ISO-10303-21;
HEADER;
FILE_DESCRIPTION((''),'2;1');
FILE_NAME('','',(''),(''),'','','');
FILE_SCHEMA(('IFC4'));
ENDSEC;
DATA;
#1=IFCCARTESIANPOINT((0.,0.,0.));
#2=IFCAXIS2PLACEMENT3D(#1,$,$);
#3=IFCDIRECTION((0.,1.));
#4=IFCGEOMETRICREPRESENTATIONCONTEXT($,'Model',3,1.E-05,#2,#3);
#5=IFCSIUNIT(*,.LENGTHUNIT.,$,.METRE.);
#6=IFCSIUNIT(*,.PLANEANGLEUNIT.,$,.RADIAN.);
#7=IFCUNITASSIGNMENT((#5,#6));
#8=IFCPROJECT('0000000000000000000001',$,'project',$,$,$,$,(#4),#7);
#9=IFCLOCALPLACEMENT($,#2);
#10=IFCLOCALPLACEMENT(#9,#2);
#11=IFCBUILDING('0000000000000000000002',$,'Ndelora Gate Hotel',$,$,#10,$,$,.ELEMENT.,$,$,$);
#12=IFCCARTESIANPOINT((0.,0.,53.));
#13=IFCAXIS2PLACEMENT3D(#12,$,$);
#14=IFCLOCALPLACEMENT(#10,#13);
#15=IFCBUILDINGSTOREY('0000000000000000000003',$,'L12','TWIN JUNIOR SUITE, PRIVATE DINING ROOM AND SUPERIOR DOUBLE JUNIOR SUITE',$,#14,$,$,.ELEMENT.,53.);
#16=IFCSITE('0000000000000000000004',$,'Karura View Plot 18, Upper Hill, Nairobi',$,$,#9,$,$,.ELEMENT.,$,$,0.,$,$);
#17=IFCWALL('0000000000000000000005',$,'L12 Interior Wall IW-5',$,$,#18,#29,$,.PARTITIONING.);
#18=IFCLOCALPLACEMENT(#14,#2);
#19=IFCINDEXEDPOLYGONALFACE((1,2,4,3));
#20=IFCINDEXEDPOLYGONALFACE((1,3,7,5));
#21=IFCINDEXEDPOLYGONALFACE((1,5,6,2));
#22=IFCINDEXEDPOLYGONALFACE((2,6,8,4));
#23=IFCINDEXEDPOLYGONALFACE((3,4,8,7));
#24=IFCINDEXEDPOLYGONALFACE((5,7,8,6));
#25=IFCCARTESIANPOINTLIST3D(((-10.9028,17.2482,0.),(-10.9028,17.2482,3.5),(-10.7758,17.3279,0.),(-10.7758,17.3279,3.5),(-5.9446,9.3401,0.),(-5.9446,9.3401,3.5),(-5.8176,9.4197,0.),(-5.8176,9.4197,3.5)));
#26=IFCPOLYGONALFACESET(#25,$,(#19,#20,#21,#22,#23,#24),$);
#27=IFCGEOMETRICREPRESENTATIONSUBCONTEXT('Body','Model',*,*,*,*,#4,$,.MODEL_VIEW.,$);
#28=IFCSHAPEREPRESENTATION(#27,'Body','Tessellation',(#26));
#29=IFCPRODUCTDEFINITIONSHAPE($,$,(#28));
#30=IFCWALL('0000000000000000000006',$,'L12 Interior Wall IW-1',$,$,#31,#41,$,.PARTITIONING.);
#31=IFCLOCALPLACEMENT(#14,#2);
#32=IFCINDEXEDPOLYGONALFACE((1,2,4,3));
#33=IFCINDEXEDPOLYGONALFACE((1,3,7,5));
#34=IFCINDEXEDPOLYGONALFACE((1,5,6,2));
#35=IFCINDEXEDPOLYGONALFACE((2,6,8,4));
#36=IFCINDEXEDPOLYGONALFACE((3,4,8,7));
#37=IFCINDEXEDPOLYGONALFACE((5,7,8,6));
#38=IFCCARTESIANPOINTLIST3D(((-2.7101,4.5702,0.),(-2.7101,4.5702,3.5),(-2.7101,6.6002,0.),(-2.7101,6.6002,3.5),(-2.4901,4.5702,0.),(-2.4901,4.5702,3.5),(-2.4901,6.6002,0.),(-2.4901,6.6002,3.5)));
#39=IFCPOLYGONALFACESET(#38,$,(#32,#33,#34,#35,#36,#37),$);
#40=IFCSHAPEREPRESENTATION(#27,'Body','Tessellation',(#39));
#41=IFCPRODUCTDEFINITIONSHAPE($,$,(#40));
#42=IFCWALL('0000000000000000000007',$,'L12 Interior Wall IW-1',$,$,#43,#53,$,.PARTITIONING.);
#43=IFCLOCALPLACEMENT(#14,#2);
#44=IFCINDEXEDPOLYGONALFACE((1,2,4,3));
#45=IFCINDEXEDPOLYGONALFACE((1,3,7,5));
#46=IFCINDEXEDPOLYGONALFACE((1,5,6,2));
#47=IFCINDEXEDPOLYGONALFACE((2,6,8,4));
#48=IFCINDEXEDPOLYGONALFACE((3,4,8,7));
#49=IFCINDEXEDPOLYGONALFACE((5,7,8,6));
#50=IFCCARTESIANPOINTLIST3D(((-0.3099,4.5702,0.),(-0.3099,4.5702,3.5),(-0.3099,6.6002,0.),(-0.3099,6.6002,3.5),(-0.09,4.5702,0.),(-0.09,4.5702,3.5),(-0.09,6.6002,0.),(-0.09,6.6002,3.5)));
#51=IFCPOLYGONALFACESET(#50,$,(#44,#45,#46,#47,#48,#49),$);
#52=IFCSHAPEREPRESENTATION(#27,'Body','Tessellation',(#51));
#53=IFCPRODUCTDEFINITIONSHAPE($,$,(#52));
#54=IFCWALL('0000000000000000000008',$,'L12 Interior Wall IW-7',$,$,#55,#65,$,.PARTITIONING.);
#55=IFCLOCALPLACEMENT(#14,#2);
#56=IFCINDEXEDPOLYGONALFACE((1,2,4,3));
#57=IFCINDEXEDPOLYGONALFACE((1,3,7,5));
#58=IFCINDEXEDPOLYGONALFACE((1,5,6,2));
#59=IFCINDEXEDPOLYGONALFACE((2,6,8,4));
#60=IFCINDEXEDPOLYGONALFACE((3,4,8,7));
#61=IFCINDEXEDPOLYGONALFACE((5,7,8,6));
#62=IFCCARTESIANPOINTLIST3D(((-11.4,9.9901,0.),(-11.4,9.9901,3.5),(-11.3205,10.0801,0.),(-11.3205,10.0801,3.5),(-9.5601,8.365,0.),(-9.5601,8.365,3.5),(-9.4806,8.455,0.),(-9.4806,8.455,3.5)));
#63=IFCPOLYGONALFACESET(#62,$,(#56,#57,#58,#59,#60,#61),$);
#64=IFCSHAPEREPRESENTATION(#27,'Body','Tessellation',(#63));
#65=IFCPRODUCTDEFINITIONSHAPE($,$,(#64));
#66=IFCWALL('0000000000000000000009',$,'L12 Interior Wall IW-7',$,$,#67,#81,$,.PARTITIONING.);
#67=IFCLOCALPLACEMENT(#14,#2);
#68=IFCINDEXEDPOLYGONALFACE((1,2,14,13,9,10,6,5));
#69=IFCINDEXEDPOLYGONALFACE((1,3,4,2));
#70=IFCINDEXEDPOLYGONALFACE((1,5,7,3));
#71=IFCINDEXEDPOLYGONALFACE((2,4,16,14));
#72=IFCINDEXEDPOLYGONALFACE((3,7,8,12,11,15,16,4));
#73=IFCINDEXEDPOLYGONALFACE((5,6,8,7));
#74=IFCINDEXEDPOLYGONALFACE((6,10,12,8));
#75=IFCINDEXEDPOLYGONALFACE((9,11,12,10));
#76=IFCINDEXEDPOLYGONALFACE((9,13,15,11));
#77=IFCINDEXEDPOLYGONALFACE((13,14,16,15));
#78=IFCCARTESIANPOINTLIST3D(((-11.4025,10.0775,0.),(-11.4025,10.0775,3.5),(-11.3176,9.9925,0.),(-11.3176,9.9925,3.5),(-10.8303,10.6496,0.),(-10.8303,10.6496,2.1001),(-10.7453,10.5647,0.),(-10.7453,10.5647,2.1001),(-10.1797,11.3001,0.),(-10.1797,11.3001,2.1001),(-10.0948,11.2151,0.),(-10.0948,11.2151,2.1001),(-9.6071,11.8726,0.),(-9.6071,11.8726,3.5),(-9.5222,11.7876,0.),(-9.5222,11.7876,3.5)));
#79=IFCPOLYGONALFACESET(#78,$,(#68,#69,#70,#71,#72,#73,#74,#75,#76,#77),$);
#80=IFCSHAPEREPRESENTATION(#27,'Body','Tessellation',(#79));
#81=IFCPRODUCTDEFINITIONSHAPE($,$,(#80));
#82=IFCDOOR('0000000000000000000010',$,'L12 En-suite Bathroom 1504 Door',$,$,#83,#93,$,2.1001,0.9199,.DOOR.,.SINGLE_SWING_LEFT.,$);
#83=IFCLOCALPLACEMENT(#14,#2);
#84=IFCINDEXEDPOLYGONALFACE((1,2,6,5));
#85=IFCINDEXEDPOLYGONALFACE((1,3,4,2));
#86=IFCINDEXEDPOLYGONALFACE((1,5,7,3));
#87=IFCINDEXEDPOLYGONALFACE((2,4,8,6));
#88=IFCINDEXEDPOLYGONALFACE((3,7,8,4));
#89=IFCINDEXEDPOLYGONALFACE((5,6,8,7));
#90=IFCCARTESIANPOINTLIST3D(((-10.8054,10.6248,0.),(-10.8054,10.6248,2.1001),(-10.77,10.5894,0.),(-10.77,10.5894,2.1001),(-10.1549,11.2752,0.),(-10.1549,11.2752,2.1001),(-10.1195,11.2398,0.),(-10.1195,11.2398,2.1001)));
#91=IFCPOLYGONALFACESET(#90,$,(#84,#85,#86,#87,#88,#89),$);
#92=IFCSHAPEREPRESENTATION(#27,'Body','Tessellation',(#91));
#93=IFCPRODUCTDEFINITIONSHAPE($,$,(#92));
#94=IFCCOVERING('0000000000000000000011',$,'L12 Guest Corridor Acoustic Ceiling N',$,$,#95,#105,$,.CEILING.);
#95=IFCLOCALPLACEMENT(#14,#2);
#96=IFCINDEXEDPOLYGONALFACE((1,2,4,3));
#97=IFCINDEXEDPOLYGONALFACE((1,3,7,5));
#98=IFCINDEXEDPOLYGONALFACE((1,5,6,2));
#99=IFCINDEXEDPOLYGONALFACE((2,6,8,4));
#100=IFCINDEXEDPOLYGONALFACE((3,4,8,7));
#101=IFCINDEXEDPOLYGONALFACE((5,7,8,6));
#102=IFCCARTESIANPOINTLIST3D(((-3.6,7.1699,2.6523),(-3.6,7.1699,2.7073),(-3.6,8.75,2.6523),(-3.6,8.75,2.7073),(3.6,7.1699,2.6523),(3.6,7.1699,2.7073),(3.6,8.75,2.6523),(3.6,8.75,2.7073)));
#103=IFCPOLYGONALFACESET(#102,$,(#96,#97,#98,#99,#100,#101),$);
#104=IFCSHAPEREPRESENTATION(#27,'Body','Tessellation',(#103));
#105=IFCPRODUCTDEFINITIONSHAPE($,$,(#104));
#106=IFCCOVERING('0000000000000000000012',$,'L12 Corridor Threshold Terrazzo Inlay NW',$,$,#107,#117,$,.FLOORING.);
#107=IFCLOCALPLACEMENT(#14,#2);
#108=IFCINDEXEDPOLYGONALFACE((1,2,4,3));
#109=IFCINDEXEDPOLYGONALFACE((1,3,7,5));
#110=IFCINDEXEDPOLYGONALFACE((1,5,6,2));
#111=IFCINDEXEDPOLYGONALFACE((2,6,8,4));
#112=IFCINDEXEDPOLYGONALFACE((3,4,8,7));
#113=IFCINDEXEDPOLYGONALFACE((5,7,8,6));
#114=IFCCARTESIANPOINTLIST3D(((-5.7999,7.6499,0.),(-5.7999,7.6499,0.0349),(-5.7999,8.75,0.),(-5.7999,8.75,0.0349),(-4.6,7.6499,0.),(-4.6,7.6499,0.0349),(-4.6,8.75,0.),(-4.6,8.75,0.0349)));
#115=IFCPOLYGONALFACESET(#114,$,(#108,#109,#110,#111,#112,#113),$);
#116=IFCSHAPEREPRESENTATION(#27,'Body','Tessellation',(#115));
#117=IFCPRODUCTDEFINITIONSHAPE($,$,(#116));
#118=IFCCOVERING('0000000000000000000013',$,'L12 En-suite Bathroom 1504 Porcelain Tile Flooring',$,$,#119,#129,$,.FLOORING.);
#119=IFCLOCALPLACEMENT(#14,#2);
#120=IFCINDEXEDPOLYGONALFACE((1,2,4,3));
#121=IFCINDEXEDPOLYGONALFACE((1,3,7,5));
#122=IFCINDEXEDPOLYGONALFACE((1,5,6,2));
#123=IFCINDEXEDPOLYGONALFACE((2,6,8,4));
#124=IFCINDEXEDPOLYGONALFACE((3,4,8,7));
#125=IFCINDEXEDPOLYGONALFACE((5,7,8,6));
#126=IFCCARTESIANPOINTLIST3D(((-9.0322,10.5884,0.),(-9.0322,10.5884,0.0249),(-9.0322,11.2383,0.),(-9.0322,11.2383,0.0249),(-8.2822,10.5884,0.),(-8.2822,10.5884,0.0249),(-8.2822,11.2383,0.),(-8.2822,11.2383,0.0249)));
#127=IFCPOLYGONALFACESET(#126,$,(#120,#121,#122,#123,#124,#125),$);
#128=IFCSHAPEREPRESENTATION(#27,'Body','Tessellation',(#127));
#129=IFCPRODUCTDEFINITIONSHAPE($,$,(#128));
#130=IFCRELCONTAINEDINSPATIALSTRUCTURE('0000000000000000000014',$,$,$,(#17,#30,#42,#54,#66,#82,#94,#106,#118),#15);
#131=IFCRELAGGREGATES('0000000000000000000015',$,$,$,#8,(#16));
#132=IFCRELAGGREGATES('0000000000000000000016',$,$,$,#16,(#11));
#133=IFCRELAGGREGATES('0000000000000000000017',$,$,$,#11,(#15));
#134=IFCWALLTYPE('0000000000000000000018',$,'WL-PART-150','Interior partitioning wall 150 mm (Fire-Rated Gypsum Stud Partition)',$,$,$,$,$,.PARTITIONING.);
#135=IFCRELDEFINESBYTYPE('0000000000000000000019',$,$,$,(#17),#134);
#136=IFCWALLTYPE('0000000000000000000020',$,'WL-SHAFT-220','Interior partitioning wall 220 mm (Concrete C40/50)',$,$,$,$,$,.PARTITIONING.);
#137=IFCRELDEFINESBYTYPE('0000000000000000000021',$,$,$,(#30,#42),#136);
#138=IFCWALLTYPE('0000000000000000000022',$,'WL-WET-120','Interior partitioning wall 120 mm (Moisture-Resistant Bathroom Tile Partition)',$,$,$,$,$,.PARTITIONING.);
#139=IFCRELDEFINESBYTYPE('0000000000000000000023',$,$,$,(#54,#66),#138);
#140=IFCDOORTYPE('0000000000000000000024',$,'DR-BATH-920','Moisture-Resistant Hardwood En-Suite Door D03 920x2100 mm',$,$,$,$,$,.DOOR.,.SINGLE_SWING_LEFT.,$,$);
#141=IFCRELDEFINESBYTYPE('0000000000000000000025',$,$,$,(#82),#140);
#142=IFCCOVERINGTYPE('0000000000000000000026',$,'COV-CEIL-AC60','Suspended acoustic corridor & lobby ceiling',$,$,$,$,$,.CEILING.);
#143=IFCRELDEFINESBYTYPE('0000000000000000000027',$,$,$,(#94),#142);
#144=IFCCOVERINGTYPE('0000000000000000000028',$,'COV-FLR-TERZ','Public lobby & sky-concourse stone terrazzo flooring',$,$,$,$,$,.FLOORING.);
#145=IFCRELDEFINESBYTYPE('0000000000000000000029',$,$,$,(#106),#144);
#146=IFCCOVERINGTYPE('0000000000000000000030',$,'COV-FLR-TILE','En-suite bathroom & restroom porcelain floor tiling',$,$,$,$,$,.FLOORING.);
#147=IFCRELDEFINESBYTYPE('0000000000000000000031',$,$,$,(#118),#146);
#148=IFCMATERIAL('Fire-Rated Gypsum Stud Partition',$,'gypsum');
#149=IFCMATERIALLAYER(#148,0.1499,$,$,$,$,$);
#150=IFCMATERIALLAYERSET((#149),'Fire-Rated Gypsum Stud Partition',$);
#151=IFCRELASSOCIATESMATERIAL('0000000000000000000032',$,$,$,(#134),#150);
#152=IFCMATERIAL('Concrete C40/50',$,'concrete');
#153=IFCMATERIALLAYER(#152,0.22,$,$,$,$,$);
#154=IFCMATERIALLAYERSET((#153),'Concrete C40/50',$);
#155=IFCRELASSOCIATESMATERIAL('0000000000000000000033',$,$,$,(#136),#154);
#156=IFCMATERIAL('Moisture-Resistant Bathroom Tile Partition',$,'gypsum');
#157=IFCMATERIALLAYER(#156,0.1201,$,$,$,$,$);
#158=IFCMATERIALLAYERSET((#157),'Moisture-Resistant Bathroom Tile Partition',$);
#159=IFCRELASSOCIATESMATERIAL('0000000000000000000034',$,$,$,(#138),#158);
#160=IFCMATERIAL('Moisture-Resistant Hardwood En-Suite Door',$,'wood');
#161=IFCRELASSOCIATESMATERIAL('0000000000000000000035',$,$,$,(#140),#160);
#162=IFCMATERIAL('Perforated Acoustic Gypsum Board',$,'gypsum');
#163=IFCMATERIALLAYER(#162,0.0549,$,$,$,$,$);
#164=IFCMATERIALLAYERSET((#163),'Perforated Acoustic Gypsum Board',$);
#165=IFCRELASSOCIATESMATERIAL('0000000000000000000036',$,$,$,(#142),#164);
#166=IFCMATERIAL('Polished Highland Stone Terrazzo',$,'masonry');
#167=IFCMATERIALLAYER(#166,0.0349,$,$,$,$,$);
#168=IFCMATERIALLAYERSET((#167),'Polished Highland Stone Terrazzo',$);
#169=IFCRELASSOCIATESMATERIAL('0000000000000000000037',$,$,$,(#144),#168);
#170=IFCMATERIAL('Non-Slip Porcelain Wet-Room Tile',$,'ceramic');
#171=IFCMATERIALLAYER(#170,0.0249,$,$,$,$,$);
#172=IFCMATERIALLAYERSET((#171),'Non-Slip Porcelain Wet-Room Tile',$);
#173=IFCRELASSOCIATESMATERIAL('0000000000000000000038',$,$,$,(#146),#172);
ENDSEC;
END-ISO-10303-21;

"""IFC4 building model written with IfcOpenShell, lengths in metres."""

from ifc_helpers import new_model, si_unit, direction, frame, frame_2d, origin, origin_2d, place, context, subcontext, project, spatial, rectangle, extrude, material, layer, layer_set, type_object, element, fill, save


model = new_model("IFC4")

# Units and contexts
model_context = context("Model", 3, precision=1e-05, world=origin(), true_north=direction((0.0, 1.0)))
body_context = subcontext(model_context, "Body", "Model", "MODEL_VIEW")
ifc_project = project(units=[si_unit("LENGTHUNIT", "METRE"), si_unit("PLANEANGLEUNIT", "RADIAN")], contexts=[model_context])

# Site, building, storey
site_placement = place(None, origin())
site = spatial("IfcSite", under=ifc_project, at=site_placement, Name="Karura View Plot 18, Upper Hill, Nairobi", CompositionType="ELEMENT", RefElevation=0.0)
building_placement = place(site_placement, origin())
building = spatial("IfcBuilding", under=site, at=building_placement, Name="Ndelora Gate Hotel", CompositionType="ELEMENT")
storey_placement = place(building_placement, frame((0.0, 0.0, 53.0)))
storey = spatial("IfcBuildingStorey", under=building, at=storey_placement, Name="L12", Description="TWIN JUNIOR SUITE, PRIVATE DINING ROOM AND SUPERIOR DOUBLE JUNIOR SUITE", CompositionType="ELEMENT", Elevation=53.0)

# Shared definitions
ifc_material_1 = material(Name="Fire-Rated Gypsum Stud Partition", Category="gypsum")
ifc_layer_1 = layer(ifc_material_1, 0.1499)
ifc_layer_set_1 = layer_set([ifc_layer_1], Name="Fire-Rated Gypsum Stud Partition")
wall_type_1 = type_object("IfcWallType", Name="WL-PART-150", Description="Interior partitioning wall 150 mm (Fire-Rated Gypsum Stud Partition)", PredefinedType="PARTITIONING", material=ifc_layer_set_1)

# Walls
wall_1_placement = place(storey_placement, frame((-5.8811, 9.3799, 0.0), z_axis=(0.0, 0.0, 1.0), x_axis=(-0.531202, 0.847245, 0.0)))
element("IfcWall", 1, at=wall_1_placement, inside=storey, type_object=wall_type_1, Name="L12 Interior Wall IW-5", PredefinedType="PARTITIONING", context=body_context, shape_type="SweptSolid", body=[
    extrude(rectangle(XDim=9.334, YDim=0.1499, at=frame_2d((4.667, 0.0))), origin(), (0.0, 0.0, 1.0), 3.5),
])
ifc_material_2 = material(Name="Concrete C40/50", Category="concrete")
ifc_layer_2 = layer(ifc_material_2, 0.22)
ifc_layer_set_2 = layer_set([ifc_layer_2], Name="Concrete C40/50")
wall_type_2 = type_object("IfcWallType", Name="WL-SHAFT-220", Description="Interior partitioning wall 220 mm (Concrete C40/50)", PredefinedType="PARTITIONING", material=ifc_layer_set_2)
for number, where, z_axis, x_axis, name in (
    (2, (-2.6001, 4.5701, 0.0), (0.0, 0.0, 1.0), (0.0, 1.0, 0.0), "L12 Interior Wall IW-1"),
    (3, (-0.2, 4.5701, 0.0), (0.0, 0.0, 1.0), (0.0, 1.0, 0.0), "L12 Interior Wall IW-1"),
):
    element("IfcWall", number, at=place(storey_placement, frame(where, z_axis=z_axis, x_axis=x_axis)), inside=storey, type_object=wall_type_2, Name=name, PredefinedType="PARTITIONING", context=body_context, shape_type="SweptSolid", body=[
        extrude(rectangle(XDim=2.03, YDim=0.22, at=frame_2d((1.0151, 0.0))), origin(), (0.0, 0.0, 1.0), 3.5),
    ])
ifc_material_3 = material(Name="Moisture-Resistant Bathroom Tile Partition", Category="gypsum")
ifc_layer_3 = layer(ifc_material_3, 0.1201)
ifc_layer_set_3 = layer_set([ifc_layer_3], Name="Moisture-Resistant Bathroom Tile Partition")
wall_type_3 = type_object("IfcWallType", Name="WL-WET-120", Description="Interior partitioning wall 120 mm (Moisture-Resistant Bathroom Tile Partition)", PredefinedType="PARTITIONING", material=ifc_layer_set_3)
wall_2_placement = place(storey_placement, frame((-9.5203, 8.4099, 0.0), z_axis=(0.0, 0.0, 1.0), x_axis=(-0.749513, 0.66199, 0.0)))
element("IfcWall", 4, at=wall_2_placement, inside=storey, type_object=wall_type_3, Name="L12 Interior Wall IW-7", PredefinedType="PARTITIONING", context=body_context, shape_type="SweptSolid", body=[
    extrude(rectangle(XDim=2.4548, YDim=0.1201, at=frame_2d((1.2275, 0.0))), origin(), (0.0, 0.0, 1.0), 3.5),
])

# Wall, opening, door
wall_3_placement = place(storey_placement, frame((-11.3601, 10.0349, 0.0), z_axis=(0.0, 0.0, 1.0), x_axis=(0.707155, 0.707059, 0.0)))
wall_3 = element("IfcWall", 5, at=wall_3_placement, inside=storey, type_object=wall_type_3, Name="L12 Interior Wall IW-7", PredefinedType="PARTITIONING", context=body_context, shape_type="SweptSolid", body=[
    extrude(rectangle(XDim=2.5388, YDim=0.1201, at=frame_2d((1.2695, 0.0))), origin(), (0.0, 0.0, 1.0), 3.5),
])
opening_1_placement = place(wall_3_placement, frame((0.8093, 0.0, 0.0)))
opening_1 = element("IfcOpeningElement", 6, at=opening_1_placement, cuts=wall_3, PredefinedType="OPENING", context=body_context, shape_type="SweptSolid", body=[
    extrude(rectangle(XDim=0.9199, YDim=2.1001, at=frame_2d((0.46, 1.05))), frame((0.0, 0.0701, 0.0), z_axis=(0.0, -1.0, 0.0), x_axis=(1.0, 0.0, 0.0)), (0.0, 0.0, 1.0), 0.1401),
])
ifc_material_4 = material(Name="Moisture-Resistant Hardwood En-Suite Door", Category="wood")
door_type_1 = type_object("IfcDoorType", Name="DR-BATH-920", Description="Moisture-Resistant Hardwood En-Suite Door D03 920x2100 mm", OperationType="SINGLE_SWING_LEFT", PredefinedType="DOOR", material=ifc_material_4)
door_1_placement = place(opening_1_placement, origin())
door_1 = element("IfcDoor", 7, at=door_1_placement, inside=storey, type_object=door_type_1, Name="L12 En-suite Bathroom 1504 Door", OperationType="SINGLE_SWING_LEFT", OverallHeight=2.1001, OverallWidth=0.9199, PredefinedType="DOOR", context=body_context, shape_type="SweptSolid", body=[
    extrude(rectangle(XDim=0.9199, YDim=2.1001, at=frame_2d((0.46, 1.05))), frame((0.0, 0.0249, 0.0), z_axis=(0.0, -1.0, 0.0), x_axis=(1.0, 0.0, 0.0)), (0.0, 0.0, 1.0), 0.05),
])
fill(opening_1, door_1)

# Coverings
ifc_material_5 = material(Name="Perforated Acoustic Gypsum Board", Category="gypsum")
ifc_layer_4 = layer(ifc_material_5, 0.0549)
ifc_layer_set_4 = layer_set([ifc_layer_4], Name="Perforated Acoustic Gypsum Board")
covering_type_1 = type_object("IfcCoveringType", Name="COV-CEIL-AC60", Description="Suspended acoustic corridor & lobby ceiling", PredefinedType="CEILING", material=ifc_layer_set_4)
covering_1_placement = place(storey_placement, frame((0.0, 7.96, 2.6523), z_axis=(0.0, 0.0, 1.0), x_axis=(1.0, 0.0, 0.0)))
element("IfcCovering", 8, at=covering_1_placement, inside=storey, type_object=covering_type_1, Name="L12 Guest Corridor Acoustic Ceiling N", PredefinedType="CEILING", context=body_context, shape_type="SweptSolid", body=[
    extrude(rectangle(XDim=7.2, YDim=1.5801, at=origin_2d()), origin(), (0.0, 0.0, 1.0), 0.0549),
])
ifc_material_6 = material(Name="Polished Highland Stone Terrazzo", Category="masonry")
ifc_layer_5 = layer(ifc_material_6, 0.0349)
ifc_layer_set_5 = layer_set([ifc_layer_5], Name="Polished Highland Stone Terrazzo")
covering_type_2 = type_object("IfcCoveringType", Name="COV-FLR-TERZ", Description="Public lobby & sky-concourse stone terrazzo flooring", PredefinedType="FLOORING", material=ifc_layer_set_5)
covering_2_placement = place(storey_placement, frame((-5.2, 8.2, 0.0), z_axis=(0.0, 0.0, 1.0), x_axis=(1.0, 0.0, 0.0)))
element("IfcCovering", 9, at=covering_2_placement, inside=storey, type_object=covering_type_2, Name="L12 Corridor Threshold Terrazzo Inlay NW", PredefinedType="FLOORING", context=body_context, shape_type="SweptSolid", body=[
    extrude(rectangle(XDim=1.2, YDim=1.1001, at=origin_2d()), origin(), (0.0, 0.0, 1.0), 0.0349),
])
ifc_material_7 = material(Name="Non-Slip Porcelain Wet-Room Tile", Category="ceramic")
ifc_layer_6 = layer(ifc_material_7, 0.0249)
ifc_layer_set_6 = layer_set([ifc_layer_6], Name="Non-Slip Porcelain Wet-Room Tile")
covering_type_3 = type_object("IfcCoveringType", Name="COV-FLR-TILE", Description="En-suite bathroom & restroom porcelain floor tiling", PredefinedType="FLOORING", material=ifc_layer_set_6)
covering_3_placement = place(storey_placement, frame((-8.6572, 10.9133, 0.0), z_axis=(0.0, 0.0, 1.0), x_axis=(1.0, 0.0, 0.0)))
element("IfcCovering", 10, at=covering_3_placement, inside=storey, type_object=covering_type_3, Name="L12 En-suite Bathroom 1504 Porcelain Tile Flooring", PredefinedType="FLOORING", context=body_context, shape_type="SweptSolid", body=[
    extrude(rectangle(XDim=0.75, YDim=0.6499, at=origin_2d()), origin(), (0.0, 0.0, 1.0), 0.0249),
])

save(model, "model.ifc")
